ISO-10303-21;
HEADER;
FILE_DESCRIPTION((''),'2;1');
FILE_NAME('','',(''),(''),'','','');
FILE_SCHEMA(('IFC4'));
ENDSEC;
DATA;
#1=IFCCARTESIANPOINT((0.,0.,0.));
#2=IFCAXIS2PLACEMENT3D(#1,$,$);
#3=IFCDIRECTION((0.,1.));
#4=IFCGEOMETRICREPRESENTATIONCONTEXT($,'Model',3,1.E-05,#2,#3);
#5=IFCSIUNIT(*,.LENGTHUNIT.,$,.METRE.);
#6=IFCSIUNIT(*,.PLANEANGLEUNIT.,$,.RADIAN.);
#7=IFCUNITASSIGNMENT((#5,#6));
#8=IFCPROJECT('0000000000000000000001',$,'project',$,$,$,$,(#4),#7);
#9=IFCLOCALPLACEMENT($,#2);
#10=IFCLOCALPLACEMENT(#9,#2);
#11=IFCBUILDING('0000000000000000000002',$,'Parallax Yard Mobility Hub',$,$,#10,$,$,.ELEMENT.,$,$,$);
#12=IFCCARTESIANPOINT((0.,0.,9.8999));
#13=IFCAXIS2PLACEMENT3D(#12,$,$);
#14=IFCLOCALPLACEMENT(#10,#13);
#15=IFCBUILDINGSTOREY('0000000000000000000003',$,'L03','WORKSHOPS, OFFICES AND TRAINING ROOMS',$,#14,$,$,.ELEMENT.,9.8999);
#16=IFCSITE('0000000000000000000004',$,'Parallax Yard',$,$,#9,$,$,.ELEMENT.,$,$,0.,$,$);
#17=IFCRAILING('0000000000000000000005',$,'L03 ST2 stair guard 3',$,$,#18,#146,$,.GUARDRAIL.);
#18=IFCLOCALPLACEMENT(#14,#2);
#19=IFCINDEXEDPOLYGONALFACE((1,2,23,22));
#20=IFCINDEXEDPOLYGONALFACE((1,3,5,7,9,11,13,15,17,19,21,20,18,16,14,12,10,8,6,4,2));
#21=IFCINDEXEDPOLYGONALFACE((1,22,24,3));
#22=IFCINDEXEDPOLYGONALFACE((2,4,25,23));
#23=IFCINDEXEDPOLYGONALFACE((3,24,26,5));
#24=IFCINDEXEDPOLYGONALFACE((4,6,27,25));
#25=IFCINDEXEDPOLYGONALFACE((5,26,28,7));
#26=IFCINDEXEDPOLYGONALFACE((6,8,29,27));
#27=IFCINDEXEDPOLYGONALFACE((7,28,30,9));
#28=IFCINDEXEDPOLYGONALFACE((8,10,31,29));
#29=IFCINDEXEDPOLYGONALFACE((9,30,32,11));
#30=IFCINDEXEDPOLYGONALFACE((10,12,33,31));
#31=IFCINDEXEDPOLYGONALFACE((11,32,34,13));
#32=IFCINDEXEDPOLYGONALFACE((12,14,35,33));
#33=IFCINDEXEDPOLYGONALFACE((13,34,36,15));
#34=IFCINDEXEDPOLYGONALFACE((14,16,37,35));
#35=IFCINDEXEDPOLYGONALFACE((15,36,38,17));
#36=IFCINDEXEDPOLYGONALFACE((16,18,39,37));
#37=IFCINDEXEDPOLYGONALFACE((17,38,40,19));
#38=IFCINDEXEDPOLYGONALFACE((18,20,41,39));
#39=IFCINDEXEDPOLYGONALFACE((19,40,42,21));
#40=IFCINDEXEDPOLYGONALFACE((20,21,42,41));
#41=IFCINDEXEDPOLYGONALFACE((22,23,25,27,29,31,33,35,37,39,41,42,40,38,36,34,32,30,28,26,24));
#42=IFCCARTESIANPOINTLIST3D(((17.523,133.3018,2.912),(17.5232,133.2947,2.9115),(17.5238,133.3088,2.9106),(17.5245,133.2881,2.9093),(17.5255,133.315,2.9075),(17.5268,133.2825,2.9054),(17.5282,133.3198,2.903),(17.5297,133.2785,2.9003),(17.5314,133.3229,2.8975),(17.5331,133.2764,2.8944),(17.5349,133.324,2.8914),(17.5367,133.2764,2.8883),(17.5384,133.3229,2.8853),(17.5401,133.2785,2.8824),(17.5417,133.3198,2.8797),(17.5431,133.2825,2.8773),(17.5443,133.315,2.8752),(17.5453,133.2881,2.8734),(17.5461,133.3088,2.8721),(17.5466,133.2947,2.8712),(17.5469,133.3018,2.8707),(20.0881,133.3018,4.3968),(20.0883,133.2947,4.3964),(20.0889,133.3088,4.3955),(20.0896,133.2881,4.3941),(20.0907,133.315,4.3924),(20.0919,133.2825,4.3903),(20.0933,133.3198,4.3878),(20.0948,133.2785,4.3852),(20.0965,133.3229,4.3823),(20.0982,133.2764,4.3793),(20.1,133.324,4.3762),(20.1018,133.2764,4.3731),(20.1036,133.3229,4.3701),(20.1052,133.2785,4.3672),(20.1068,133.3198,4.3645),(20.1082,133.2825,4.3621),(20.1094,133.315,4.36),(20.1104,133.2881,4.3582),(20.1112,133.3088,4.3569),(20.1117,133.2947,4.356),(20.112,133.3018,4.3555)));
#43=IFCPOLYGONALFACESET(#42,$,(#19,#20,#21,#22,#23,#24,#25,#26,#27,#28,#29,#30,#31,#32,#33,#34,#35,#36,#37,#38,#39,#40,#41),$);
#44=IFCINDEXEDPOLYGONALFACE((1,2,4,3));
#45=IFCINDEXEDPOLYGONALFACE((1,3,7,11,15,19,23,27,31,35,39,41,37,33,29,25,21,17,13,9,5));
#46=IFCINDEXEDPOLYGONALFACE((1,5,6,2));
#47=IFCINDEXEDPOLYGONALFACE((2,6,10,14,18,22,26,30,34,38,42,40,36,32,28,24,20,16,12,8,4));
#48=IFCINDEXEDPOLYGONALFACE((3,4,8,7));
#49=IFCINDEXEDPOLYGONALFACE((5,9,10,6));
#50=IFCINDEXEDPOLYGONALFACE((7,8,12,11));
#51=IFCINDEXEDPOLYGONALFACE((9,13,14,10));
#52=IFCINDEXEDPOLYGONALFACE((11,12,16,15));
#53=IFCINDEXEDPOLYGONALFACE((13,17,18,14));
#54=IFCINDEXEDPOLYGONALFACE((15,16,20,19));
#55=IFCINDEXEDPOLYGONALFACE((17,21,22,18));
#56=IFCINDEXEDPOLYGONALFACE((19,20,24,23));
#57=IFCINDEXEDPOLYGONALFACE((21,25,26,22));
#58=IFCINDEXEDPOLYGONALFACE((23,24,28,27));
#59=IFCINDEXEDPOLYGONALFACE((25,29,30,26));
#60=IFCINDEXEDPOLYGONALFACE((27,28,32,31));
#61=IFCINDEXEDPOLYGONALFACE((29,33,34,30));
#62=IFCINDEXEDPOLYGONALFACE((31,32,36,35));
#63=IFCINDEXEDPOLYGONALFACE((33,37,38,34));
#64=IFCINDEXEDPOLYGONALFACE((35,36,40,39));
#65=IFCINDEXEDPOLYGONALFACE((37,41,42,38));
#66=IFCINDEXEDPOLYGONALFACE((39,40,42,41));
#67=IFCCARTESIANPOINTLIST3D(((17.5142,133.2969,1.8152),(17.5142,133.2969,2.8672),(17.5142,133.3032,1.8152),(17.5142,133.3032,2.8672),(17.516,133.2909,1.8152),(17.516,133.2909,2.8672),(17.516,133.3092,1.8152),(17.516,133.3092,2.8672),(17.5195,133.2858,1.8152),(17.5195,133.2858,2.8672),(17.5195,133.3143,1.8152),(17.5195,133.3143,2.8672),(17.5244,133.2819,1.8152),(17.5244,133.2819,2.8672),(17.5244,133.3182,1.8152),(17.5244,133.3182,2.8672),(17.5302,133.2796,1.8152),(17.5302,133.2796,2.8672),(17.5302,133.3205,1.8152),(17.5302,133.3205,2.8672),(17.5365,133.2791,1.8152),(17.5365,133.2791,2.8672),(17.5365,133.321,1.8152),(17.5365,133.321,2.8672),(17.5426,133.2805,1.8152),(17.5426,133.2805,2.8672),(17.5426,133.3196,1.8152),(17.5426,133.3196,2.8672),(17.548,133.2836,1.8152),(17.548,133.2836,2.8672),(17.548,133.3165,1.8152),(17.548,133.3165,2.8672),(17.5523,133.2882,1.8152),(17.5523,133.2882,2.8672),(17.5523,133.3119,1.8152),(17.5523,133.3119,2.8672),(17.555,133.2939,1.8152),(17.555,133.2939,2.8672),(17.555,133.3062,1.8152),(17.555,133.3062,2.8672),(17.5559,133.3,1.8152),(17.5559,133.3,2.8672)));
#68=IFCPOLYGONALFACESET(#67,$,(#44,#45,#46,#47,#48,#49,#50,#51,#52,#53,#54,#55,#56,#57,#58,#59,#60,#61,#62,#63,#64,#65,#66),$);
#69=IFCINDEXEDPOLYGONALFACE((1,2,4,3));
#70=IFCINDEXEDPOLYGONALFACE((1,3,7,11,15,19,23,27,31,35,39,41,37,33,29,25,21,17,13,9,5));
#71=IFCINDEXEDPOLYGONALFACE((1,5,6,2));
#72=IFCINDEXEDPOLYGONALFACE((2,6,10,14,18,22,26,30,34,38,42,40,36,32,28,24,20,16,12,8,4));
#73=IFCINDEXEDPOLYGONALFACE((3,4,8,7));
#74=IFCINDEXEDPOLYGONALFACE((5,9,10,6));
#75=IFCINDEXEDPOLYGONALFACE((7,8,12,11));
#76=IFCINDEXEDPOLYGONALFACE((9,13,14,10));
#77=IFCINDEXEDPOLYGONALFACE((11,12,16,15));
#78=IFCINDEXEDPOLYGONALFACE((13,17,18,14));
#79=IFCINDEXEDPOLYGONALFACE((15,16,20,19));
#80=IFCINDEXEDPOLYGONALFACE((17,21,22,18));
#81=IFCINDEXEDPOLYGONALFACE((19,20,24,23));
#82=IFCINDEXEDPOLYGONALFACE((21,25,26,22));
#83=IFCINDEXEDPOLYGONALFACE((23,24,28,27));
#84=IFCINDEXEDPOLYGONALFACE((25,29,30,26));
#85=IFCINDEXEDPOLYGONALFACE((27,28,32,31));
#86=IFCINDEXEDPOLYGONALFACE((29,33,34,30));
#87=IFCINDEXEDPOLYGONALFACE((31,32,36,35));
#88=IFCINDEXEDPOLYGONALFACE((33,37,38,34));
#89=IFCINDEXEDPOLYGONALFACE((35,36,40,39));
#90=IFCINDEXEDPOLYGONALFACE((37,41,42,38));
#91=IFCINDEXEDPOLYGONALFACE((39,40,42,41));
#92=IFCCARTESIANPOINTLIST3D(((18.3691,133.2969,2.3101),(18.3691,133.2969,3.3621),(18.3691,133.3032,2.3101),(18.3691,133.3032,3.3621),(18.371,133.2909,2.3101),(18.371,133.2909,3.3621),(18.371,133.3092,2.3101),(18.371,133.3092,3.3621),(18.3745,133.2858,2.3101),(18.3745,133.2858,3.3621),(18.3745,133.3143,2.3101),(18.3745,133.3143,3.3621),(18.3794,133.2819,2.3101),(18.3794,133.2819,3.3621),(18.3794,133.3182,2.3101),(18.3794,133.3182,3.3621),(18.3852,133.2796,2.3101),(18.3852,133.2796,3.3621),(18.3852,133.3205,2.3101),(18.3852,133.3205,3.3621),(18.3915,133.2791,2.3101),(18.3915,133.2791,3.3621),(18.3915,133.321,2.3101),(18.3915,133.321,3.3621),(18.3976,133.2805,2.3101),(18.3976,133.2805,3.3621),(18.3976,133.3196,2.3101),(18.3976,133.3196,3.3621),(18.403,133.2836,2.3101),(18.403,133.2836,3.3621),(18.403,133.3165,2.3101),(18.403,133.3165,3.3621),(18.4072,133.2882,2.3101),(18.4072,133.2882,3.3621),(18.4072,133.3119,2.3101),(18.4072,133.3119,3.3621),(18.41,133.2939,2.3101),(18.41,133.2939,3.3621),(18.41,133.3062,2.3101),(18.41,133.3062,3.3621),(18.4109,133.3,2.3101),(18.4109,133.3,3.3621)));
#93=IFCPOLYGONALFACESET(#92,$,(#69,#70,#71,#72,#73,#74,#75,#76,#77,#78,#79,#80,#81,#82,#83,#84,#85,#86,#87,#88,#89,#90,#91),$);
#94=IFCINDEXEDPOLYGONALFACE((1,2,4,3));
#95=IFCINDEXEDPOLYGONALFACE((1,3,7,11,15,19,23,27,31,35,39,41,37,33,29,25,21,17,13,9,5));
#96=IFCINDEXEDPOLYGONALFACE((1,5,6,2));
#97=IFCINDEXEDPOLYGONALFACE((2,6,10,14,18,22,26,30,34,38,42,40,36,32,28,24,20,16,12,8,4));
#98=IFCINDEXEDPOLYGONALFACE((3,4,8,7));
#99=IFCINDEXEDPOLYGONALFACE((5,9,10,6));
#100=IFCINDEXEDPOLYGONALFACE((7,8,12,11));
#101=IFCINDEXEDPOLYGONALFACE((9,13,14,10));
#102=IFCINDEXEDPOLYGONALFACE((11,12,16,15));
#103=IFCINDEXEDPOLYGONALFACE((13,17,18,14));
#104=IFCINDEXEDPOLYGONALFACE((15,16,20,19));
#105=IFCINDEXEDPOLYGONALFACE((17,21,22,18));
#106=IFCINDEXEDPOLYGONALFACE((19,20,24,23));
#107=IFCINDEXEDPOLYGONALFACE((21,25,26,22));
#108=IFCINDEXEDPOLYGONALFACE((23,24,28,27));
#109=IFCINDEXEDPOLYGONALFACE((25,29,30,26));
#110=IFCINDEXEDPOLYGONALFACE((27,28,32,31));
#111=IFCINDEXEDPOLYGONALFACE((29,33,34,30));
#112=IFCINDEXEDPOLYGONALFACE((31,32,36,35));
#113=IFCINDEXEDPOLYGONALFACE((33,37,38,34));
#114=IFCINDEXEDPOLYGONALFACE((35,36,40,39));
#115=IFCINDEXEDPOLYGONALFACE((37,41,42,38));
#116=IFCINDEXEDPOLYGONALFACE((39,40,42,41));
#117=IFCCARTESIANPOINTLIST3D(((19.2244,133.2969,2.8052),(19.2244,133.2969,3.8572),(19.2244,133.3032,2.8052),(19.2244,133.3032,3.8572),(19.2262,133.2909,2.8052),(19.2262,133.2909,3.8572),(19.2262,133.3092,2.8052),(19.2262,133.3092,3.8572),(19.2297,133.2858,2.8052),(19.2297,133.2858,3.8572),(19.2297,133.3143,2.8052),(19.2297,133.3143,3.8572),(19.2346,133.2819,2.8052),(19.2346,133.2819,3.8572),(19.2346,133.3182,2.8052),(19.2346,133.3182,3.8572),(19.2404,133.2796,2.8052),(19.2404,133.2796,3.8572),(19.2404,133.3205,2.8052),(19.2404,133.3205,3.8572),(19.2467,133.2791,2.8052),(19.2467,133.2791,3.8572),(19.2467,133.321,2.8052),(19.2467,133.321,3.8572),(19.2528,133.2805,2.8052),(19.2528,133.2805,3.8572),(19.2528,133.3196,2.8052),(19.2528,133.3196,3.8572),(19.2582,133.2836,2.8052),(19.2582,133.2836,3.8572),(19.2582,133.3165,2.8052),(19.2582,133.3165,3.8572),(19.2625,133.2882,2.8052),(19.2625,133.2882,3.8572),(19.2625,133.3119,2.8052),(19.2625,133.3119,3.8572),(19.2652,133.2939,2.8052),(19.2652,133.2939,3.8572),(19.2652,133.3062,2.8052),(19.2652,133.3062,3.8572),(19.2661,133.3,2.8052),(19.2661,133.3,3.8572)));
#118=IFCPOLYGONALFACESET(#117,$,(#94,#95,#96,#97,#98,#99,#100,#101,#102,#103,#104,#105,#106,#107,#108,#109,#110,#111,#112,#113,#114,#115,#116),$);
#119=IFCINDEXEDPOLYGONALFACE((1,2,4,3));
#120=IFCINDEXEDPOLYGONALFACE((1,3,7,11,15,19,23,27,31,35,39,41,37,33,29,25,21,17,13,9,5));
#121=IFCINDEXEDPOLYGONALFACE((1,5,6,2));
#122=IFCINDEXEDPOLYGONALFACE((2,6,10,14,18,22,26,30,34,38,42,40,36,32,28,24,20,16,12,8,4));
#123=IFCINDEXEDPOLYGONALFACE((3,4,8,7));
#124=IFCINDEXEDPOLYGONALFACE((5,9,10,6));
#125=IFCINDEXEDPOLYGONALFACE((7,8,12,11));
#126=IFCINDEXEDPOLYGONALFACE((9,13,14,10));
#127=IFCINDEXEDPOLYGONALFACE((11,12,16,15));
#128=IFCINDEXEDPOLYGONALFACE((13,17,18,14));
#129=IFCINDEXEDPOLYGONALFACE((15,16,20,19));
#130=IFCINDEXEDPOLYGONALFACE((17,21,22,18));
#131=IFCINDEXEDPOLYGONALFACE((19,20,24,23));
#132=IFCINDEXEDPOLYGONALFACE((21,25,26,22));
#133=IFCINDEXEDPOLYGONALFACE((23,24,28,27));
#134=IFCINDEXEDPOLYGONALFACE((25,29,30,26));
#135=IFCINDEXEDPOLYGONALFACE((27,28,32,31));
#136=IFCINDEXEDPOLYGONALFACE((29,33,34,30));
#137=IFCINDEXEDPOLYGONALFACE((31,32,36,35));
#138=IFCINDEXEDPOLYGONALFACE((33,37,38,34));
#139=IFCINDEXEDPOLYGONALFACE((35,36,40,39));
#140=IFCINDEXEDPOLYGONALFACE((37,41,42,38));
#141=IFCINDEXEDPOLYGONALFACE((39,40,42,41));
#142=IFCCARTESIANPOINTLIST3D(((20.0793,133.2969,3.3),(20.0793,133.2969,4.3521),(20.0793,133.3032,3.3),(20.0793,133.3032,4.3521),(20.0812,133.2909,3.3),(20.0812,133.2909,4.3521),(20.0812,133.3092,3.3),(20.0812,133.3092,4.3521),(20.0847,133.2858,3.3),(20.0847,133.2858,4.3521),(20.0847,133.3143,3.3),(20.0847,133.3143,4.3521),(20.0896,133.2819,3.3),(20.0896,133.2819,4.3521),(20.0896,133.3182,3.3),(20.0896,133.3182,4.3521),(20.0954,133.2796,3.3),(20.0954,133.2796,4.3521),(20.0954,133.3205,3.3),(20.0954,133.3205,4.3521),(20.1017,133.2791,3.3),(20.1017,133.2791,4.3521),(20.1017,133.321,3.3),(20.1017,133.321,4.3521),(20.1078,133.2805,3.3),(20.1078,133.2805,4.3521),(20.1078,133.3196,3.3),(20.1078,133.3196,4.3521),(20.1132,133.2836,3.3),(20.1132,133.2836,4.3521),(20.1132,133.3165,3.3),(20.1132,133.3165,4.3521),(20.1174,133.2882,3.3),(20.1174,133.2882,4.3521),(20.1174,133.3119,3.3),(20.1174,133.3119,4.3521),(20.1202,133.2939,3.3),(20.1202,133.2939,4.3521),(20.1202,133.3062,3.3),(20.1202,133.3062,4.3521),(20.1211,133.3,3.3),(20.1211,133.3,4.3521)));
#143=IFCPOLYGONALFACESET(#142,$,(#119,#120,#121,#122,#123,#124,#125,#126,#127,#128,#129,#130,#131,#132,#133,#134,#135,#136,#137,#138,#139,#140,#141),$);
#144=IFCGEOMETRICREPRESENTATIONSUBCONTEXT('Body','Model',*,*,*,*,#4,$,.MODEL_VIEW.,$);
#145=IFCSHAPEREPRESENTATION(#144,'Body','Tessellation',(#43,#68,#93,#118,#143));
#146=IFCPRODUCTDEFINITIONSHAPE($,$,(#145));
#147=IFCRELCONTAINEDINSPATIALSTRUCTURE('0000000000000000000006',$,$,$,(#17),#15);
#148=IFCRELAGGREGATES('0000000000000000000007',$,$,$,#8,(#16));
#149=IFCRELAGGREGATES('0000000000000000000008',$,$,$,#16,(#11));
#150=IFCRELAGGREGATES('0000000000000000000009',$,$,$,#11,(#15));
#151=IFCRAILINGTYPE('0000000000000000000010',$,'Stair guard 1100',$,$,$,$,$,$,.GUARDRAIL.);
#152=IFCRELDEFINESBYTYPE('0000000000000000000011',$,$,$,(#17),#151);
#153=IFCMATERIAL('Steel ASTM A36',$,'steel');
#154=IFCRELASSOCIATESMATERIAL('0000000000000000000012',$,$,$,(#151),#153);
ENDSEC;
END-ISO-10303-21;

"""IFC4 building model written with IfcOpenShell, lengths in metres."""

from ifc_helpers import new_model, si_unit, direction, frame, origin, origin_2d, place, context, subcontext, project, spatial, circle, extrude, material, type_object, element, save


model = new_model("IFC4")

# Units and contexts
model_context = context("Model", 3, precision=1e-05, world=origin(), true_north=direction((0.0, 1.0)))
body_context = subcontext(model_context, "Body", "Model", "MODEL_VIEW")
ifc_project = project(units=[si_unit("LENGTHUNIT", "METRE"), si_unit("PLANEANGLEUNIT", "RADIAN")], contexts=[model_context])

# Site, building, storey
site_placement = place(None, origin())
site = spatial("IfcSite", under=ifc_project, at=site_placement, Name="Parallax Yard", CompositionType="ELEMENT", RefElevation=0.0)
building_placement = place(site_placement, origin())
building = spatial("IfcBuilding", under=site, at=building_placement, Name="Parallax Yard Mobility Hub", CompositionType="ELEMENT")
storey_placement = place(building_placement, frame((0.0, 0.0, 9.8999)))
storey = spatial("IfcBuildingStorey", under=building, at=storey_placement, Name="L03", Description="WORKSHOPS, OFFICES AND TRAINING ROOMS", CompositionType="ELEMENT", Elevation=9.8999)

# Railing
ifc_material_1 = material(Name="Steel ASTM A36", Category="steel")
railing_type_1 = type_object("IfcRailingType", Name="Stair guard 1100", PredefinedType="GUARDRAIL", material=ifc_material_1)
railing_1_placement = place(storey_placement, frame((17.5349, 133.3, 1.8152)))
element("IfcRailing", 1, at=railing_1_placement, inside=storey, type_object=railing_type_1, Name="L03 ST2 stair guard 3", PredefinedType="GUARDRAIL", context=body_context, shape_type="SweptSolid", body=[
    extrude(circle(Radius=0.0239, at=origin_2d()), frame((0.0, 0.0, 1.0762), z_axis=(0.865462, 0.0, 0.500975), x_axis=(0.0, 1.0, 0.0)), (0.0, 0.0, 1.0), 2.9639),
    extrude(circle(Radius=0.021, at=origin_2d()), origin(), (0.0, 0.0, 1.0), 1.052),
    extrude(circle(Radius=0.021, at=origin_2d()), frame((0.855, 0.0, 0.4949)), (0.0, 0.0, 1.0), 1.052),
    extrude(circle(Radius=0.021, at=origin_2d()), frame((1.7102, 0.0, 0.99)), (0.0, 0.0, 1.0), 1.052),
    extrude(circle(Radius=0.021, at=origin_2d()), frame((2.5652, 0.0, 1.4849)), (0.0, 0.0, 1.0), 1.052),
])

save(model, "model.ifc")
